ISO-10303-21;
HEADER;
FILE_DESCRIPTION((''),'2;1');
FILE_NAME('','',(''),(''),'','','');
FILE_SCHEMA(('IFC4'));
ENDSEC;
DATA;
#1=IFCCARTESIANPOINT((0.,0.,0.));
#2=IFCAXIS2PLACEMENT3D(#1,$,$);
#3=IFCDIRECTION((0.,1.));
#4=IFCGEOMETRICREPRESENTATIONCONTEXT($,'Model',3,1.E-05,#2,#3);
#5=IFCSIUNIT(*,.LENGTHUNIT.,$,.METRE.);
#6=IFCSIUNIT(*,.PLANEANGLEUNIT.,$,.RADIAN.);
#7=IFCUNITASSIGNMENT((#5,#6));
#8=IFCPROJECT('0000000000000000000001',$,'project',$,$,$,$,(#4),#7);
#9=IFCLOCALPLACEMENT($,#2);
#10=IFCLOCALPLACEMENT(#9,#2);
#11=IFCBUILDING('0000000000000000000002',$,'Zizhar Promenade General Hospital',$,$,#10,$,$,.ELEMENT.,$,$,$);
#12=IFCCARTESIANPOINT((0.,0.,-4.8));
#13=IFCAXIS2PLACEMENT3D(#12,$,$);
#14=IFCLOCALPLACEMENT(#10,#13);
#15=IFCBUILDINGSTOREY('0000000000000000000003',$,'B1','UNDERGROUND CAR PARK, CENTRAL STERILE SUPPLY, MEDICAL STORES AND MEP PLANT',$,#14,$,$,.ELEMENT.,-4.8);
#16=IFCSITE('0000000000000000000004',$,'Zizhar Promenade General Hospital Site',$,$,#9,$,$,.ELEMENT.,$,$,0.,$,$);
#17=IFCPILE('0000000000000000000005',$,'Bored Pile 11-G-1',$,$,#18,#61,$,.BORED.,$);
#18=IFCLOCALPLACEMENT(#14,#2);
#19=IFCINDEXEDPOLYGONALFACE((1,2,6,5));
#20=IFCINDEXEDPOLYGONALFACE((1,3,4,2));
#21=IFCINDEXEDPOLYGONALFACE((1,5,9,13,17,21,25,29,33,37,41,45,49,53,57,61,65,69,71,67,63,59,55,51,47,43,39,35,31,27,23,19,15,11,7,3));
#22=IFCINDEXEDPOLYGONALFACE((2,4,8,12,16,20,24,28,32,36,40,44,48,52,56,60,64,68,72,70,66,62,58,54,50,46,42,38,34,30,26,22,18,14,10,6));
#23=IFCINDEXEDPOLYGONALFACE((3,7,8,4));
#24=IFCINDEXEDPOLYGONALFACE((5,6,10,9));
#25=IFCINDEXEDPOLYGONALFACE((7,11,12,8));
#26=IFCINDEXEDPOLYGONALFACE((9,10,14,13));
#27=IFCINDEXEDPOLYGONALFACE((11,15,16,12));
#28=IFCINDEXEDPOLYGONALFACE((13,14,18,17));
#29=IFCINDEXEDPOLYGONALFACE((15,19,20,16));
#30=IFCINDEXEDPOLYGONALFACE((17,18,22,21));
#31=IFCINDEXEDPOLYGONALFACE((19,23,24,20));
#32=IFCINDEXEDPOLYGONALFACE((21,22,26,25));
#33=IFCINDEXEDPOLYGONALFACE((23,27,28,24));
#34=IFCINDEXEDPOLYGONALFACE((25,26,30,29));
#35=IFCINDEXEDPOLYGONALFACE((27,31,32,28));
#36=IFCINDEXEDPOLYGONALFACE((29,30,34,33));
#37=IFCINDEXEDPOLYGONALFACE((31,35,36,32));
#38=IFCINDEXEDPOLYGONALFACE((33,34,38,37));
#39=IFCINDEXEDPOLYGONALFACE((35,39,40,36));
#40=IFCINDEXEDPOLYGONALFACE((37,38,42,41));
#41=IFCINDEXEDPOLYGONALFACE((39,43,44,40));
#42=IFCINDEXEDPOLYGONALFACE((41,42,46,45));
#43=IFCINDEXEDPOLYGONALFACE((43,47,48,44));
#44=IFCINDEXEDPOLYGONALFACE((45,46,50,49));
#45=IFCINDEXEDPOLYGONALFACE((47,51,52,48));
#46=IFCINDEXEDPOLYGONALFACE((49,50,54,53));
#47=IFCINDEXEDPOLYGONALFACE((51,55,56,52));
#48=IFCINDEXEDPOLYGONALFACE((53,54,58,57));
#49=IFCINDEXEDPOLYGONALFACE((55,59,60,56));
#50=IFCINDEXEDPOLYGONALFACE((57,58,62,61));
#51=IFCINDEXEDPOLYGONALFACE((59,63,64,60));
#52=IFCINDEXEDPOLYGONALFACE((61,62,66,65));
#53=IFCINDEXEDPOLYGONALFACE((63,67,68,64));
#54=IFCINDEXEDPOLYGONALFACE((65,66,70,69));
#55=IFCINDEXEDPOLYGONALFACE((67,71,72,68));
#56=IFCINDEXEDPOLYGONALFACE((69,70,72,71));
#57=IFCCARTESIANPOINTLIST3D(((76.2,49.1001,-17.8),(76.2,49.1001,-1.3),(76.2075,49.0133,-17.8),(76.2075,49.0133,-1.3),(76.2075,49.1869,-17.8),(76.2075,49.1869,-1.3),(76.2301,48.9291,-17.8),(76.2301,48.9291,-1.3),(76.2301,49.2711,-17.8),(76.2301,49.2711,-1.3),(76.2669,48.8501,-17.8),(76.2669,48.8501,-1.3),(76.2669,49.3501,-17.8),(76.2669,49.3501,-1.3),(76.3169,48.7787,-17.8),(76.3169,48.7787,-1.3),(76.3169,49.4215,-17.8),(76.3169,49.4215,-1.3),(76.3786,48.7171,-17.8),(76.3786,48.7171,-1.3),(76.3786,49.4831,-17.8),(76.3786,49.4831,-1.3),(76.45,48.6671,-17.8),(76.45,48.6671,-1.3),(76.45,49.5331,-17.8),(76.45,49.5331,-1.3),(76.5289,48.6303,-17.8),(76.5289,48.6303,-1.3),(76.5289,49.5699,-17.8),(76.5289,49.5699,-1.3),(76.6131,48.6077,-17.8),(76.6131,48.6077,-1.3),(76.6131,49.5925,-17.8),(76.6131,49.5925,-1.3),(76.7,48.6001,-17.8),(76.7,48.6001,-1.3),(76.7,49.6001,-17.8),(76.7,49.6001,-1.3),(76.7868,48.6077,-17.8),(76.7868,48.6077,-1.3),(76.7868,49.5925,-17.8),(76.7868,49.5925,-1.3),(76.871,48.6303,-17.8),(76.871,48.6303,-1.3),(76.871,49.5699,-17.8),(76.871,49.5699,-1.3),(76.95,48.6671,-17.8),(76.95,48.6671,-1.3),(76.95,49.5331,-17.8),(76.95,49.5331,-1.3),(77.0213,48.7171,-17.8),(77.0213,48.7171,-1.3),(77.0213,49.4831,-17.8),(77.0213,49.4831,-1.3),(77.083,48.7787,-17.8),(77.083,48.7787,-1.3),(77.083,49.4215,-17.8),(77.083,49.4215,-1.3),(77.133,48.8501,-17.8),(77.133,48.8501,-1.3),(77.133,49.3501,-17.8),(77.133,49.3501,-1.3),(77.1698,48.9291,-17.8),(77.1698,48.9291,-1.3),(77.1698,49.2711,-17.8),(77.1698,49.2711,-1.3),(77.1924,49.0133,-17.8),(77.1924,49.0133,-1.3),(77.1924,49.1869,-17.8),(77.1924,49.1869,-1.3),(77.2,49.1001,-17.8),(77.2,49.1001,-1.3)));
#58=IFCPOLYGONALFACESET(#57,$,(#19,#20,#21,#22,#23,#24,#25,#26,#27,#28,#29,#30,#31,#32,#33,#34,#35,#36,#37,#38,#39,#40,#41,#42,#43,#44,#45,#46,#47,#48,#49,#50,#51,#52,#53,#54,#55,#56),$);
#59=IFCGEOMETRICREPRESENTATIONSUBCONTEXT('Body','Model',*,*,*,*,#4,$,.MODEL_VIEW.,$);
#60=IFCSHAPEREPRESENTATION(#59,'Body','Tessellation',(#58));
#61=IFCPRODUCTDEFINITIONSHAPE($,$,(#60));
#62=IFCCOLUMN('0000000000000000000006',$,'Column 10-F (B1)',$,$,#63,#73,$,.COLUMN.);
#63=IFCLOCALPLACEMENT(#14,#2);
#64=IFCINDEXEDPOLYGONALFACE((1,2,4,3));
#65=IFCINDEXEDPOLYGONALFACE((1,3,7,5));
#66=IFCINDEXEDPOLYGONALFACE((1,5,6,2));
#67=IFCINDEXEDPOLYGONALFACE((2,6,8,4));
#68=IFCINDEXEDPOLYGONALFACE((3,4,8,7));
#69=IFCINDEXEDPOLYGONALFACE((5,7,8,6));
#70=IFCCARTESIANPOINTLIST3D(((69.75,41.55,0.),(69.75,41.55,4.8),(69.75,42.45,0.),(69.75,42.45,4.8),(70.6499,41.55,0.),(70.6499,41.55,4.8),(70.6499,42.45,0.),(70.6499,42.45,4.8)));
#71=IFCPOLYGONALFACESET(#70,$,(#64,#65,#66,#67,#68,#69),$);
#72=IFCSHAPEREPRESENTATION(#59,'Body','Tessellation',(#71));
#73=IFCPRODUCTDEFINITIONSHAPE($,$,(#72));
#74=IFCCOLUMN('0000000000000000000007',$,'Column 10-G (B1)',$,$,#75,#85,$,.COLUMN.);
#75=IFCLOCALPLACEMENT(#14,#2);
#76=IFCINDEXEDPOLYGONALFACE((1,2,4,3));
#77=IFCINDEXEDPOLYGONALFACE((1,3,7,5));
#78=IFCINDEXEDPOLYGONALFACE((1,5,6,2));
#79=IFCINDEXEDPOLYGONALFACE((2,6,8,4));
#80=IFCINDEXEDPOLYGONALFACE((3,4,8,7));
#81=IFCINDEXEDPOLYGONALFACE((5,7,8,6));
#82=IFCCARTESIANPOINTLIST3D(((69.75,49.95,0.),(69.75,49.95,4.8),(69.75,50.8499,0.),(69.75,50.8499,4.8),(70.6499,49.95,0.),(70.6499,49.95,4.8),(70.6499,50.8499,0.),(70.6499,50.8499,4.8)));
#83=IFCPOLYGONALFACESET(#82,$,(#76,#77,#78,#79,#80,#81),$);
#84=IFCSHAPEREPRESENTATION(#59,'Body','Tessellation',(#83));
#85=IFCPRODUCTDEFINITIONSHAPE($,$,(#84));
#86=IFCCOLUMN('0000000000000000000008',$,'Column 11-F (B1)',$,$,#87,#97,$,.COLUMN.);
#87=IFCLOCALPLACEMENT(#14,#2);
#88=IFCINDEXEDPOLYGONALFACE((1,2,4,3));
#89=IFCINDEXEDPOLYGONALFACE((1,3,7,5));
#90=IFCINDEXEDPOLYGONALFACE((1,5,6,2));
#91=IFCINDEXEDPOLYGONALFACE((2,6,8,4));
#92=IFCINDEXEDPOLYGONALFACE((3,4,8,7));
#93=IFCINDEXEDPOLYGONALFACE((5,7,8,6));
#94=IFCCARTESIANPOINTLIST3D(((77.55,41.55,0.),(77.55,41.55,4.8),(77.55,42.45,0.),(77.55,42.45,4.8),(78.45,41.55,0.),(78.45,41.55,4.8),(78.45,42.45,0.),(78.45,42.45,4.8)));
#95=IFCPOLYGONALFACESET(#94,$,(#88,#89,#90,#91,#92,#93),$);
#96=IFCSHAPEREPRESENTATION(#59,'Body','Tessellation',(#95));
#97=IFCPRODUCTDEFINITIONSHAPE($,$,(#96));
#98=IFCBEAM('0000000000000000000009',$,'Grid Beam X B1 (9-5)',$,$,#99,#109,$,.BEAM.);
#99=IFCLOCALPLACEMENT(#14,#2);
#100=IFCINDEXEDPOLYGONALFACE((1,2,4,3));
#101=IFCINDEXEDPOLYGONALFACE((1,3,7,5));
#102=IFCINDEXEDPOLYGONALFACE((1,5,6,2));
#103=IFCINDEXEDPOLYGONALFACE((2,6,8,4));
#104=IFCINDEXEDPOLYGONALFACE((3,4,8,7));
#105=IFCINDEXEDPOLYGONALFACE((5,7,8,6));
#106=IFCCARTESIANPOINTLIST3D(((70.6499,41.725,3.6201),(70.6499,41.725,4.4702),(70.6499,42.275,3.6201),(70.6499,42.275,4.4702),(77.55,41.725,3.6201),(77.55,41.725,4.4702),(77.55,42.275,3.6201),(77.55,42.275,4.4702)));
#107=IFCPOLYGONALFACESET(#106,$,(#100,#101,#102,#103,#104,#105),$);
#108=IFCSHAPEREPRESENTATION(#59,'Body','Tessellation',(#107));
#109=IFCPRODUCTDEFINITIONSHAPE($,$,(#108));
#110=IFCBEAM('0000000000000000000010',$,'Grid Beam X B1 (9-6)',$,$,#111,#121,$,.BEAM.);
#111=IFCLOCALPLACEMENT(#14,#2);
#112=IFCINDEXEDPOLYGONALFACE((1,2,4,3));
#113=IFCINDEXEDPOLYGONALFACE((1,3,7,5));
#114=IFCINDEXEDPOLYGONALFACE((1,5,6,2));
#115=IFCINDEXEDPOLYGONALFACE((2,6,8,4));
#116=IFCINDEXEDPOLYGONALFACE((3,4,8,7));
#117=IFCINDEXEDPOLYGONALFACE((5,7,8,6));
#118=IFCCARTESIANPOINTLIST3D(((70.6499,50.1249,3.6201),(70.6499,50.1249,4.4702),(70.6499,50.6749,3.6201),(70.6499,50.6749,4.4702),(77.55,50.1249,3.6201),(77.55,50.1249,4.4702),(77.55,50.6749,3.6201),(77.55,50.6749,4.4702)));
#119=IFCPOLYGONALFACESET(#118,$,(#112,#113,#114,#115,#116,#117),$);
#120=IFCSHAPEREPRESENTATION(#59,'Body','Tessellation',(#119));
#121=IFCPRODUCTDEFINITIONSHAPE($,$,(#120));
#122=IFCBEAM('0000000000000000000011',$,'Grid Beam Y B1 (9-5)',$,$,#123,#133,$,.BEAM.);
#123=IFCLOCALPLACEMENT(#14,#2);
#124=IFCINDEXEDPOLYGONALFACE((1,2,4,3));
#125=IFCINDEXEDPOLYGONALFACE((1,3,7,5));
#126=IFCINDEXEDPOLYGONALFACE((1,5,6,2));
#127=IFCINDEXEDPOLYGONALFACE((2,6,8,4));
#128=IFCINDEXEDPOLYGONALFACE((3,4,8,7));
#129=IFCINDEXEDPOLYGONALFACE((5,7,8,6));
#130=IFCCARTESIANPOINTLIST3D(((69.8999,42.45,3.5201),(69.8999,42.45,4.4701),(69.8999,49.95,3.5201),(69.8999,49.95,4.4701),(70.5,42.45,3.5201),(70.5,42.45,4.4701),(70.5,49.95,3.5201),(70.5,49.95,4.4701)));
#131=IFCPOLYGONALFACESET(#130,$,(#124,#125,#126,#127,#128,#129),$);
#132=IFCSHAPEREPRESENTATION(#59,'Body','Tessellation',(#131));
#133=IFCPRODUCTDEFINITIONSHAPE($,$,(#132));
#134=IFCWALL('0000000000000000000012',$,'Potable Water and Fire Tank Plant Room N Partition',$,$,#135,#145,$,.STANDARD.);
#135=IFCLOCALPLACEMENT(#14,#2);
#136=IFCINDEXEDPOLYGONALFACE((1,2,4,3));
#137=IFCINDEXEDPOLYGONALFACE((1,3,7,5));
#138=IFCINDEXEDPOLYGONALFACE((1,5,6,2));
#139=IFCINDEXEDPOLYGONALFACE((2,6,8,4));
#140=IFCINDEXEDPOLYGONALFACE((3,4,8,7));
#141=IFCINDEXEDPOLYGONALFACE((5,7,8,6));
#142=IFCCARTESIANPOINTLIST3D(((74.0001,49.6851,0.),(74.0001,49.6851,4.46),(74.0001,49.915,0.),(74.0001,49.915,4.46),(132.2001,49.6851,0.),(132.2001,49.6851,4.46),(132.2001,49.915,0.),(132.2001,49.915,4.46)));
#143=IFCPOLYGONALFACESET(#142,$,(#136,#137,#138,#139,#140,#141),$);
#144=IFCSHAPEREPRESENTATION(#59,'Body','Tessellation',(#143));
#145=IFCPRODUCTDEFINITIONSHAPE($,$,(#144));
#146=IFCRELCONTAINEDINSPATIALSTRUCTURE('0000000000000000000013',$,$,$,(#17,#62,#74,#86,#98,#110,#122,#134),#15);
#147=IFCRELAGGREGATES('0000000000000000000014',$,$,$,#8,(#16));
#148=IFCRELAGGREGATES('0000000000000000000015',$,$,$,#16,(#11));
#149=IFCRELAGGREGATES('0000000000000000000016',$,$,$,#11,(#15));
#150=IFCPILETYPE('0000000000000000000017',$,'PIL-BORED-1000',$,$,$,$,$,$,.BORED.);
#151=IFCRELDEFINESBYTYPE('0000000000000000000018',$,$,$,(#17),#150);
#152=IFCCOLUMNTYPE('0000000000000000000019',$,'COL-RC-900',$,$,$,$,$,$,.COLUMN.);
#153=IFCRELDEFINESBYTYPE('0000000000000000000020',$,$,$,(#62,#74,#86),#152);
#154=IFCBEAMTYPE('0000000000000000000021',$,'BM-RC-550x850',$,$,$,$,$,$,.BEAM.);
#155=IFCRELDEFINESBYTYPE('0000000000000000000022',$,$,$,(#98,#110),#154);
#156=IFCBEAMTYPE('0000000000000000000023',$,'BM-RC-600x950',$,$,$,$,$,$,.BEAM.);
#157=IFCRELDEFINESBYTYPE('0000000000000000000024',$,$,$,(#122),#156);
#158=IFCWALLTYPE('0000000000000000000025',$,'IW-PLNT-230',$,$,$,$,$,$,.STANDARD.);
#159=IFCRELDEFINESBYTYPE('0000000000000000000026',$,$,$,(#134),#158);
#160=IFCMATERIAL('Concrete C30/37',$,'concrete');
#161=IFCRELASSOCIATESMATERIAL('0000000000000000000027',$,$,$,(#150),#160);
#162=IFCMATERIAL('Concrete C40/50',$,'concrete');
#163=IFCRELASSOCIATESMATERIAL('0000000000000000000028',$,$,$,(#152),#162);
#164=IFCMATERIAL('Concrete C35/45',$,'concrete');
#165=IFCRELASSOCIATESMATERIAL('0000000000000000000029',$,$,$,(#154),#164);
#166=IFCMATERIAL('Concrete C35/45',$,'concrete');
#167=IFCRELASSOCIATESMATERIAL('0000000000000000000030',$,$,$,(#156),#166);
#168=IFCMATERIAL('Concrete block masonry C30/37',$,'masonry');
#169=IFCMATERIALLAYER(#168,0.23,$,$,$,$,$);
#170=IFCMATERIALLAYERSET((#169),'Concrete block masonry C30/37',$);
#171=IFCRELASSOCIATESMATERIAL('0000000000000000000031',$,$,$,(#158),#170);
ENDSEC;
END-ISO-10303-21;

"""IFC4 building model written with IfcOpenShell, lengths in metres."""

from ifc_helpers import new_model, si_unit, direction, frame, frame_2d, origin, origin_2d, place, context, subcontext, project, spatial, rectangle, circle, extrude, material, layer, layer_set, material_profile, profile_set, type_object, element, save


model = new_model("IFC4")

# Units and contexts
model_context = context("Model", 3, precision=1e-05, world=origin(), true_north=direction((0.0, 1.0)))
body_context = subcontext(model_context, "Body", "Model", "MODEL_VIEW")
ifc_project = project(units=[si_unit("LENGTHUNIT", "METRE"), si_unit("PLANEANGLEUNIT", "RADIAN")], contexts=[model_context])

# Site, building, storey
site_placement = place(None, origin())
site = spatial("IfcSite", under=ifc_project, at=site_placement, Name="Zizhar Promenade General Hospital Site", CompositionType="ELEMENT", RefElevation=0.0)
building_placement = place(site_placement, origin())
building = spatial("IfcBuilding", under=site, at=building_placement, Name="Zizhar Promenade General Hospital", CompositionType="ELEMENT")
storey_placement = place(building_placement, frame((0.0, 0.0, -4.8)))
storey = spatial("IfcBuildingStorey", under=building, at=storey_placement, Name="B1", Description="UNDERGROUND CAR PARK, CENTRAL STERILE SUPPLY, MEDICAL STORES AND MEP PLANT", CompositionType="ELEMENT", Elevation=-4.8)

# Pile
ifc_material_1 = material(Name="Concrete C30/37", Category="concrete")
ifc_material_profile_1 = material_profile(ifc_material_1, circle(Radius=0.5, at=origin_2d()))
ifc_profile_set_1 = profile_set([ifc_material_profile_1], Name="Concrete C30/37")
pile_type = type_object("IfcPileType", Name="PIL-BORED-1000", PredefinedType="BORED", material=ifc_profile_set_1)
for number, where, z_axis, x_axis, name in (
    (1, (76.7, 49.1001, -1.3), (0.0, 0.0, -1.0), (1.0, 0.0, 0.0), "Bored Pile 11-G-1"),
):
    element("IfcPile", number, at=place(storey_placement, frame(where, z_axis=z_axis, x_axis=x_axis)), inside=storey, type_object=pile_type, Name=name, PredefinedType="BORED", context=body_context, shape_type="SweptSolid", body=[
        extrude(circle(Radius=0.5, at=origin_2d()), origin(), (0.0, 0.0, 1.0), 16.5),
    ])

# Columns
ifc_material_2 = material(Name="Concrete C40/50", Category="concrete")
ifc_material_profile_2 = material_profile(ifc_material_2, rectangle(XDim=0.8999, YDim=0.8999, at=origin_2d()))
ifc_profile_set_2 = profile_set([ifc_material_profile_2], Name="Concrete C40/50")
column_type = type_object("IfcColumnType", Name="COL-RC-900", PredefinedType="COLUMN", material=ifc_profile_set_2)
for number, where, z_axis, x_axis, name in (
    (2, (70.2, 42.0, 0.0), (0.0, 0.0, 1.0), (1.0, 0.0, 0.0), "Column 10-F (B1)"),
    (3, (70.2, 50.3999, 0.0), (0.0, 0.0, 1.0), (1.0, 0.0, 0.0), "Column 10-G (B1)"),
    (4, (78.0, 42.0, 0.0), (0.0, 0.0, 1.0), (1.0, 0.0, 0.0), "Column 11-F (B1)"),
):
    element("IfcColumn", number, at=place(storey_placement, frame(where, z_axis=z_axis, x_axis=x_axis)), inside=storey, type_object=column_type, Name=name, PredefinedType="COLUMN", context=body_context, shape_type="SweptSolid", body=[
        extrude(rectangle(XDim=0.8999, YDim=0.8999, at=origin_2d()), origin(), (0.0, 0.0, 1.0), 4.8),
    ])

# Beams
ifc_material_3 = material(Name="Concrete C35/45", Category="concrete")
ifc_material_profile_3 = material_profile(ifc_material_3, rectangle(XDim=0.55, YDim=0.8501, at=origin_2d()))
ifc_profile_set_3 = profile_set([ifc_material_profile_3], Name="Concrete C35/45")
beam_type_1 = type_object("IfcBeamType", Name="BM-RC-550x850", PredefinedType="BEAM", material=ifc_profile_set_3)
for number, where, z_axis, x_axis, name in (
    (5, (70.6499, 42.0, 4.0452), (1.0, 0.0, 0.0), (0.0, 1.0, 0.0), "Grid Beam X B1 (9-5)"),
    (6, (70.6499, 50.3999, 4.0452), (1.0, 0.0, 0.0), (0.0, 1.0, 0.0), "Grid Beam X B1 (9-6)"),
):
    element("IfcBeam", number, at=place(storey_placement, frame(where, z_axis=z_axis, x_axis=x_axis)), inside=storey, type_object=beam_type_1, Name=name, PredefinedType="BEAM", context=body_context, shape_type="SweptSolid", body=[
        extrude(rectangle(XDim=0.55, YDim=0.8501, at=origin_2d()), origin(), (0.0, 0.0, 1.0), 6.9001),
    ])
ifc_material_4 = material(Name="Concrete C35/45", Category="concrete")
ifc_material_profile_4 = material_profile(ifc_material_4, rectangle(XDim=0.6001, YDim=0.95, at=origin_2d()))
ifc_profile_set_4 = profile_set([ifc_material_profile_4], Name="Concrete C35/45")
beam_type_2 = type_object("IfcBeamType", Name="BM-RC-600x950", PredefinedType="BEAM", material=ifc_profile_set_4)
beam_placement = place(storey_placement, frame((70.2, 42.45, 3.9951), z_axis=(0.0, 1.0, 0.0), x_axis=(-1.0, 0.0, 0.0)))
element("IfcBeam", 7, at=beam_placement, inside=storey, type_object=beam_type_2, Name="Grid Beam Y B1 (9-5)", PredefinedType="BEAM", context=body_context, shape_type="SweptSolid", body=[
    extrude(rectangle(XDim=0.6001, YDim=0.95, at=origin_2d()), origin(), (0.0, 0.0, 1.0), 7.5),
])

# Wall
ifc_material_5 = material(Name="Concrete block masonry C30/37", Category="masonry")
ifc_layer = layer(ifc_material_5, 0.23)
ifc_layer_set = layer_set([ifc_layer], Name="Concrete block masonry C30/37")
wall_type = type_object("IfcWallType", Name="IW-PLNT-230", PredefinedType="STANDARD", material=ifc_layer_set)
wall_placement = place(storey_placement, frame((74.0, 49.8, 0.0), z_axis=(0.0, 0.0, 1.0), x_axis=(1.0, 0.0, 0.0)))
element("IfcWall", 8, at=wall_placement, inside=storey, type_object=wall_type, Name="Potable Water and Fire Tank Plant Room N Partition", PredefinedType="STANDARD", context=body_context, shape_type="SweptSolid", body=[
    extrude(rectangle(XDim=58.2, YDim=0.23, at=frame_2d((29.1001, 0.0))), origin(), (0.0, 0.0, 1.0), 4.46),
])

save(model, "model.ifc")
